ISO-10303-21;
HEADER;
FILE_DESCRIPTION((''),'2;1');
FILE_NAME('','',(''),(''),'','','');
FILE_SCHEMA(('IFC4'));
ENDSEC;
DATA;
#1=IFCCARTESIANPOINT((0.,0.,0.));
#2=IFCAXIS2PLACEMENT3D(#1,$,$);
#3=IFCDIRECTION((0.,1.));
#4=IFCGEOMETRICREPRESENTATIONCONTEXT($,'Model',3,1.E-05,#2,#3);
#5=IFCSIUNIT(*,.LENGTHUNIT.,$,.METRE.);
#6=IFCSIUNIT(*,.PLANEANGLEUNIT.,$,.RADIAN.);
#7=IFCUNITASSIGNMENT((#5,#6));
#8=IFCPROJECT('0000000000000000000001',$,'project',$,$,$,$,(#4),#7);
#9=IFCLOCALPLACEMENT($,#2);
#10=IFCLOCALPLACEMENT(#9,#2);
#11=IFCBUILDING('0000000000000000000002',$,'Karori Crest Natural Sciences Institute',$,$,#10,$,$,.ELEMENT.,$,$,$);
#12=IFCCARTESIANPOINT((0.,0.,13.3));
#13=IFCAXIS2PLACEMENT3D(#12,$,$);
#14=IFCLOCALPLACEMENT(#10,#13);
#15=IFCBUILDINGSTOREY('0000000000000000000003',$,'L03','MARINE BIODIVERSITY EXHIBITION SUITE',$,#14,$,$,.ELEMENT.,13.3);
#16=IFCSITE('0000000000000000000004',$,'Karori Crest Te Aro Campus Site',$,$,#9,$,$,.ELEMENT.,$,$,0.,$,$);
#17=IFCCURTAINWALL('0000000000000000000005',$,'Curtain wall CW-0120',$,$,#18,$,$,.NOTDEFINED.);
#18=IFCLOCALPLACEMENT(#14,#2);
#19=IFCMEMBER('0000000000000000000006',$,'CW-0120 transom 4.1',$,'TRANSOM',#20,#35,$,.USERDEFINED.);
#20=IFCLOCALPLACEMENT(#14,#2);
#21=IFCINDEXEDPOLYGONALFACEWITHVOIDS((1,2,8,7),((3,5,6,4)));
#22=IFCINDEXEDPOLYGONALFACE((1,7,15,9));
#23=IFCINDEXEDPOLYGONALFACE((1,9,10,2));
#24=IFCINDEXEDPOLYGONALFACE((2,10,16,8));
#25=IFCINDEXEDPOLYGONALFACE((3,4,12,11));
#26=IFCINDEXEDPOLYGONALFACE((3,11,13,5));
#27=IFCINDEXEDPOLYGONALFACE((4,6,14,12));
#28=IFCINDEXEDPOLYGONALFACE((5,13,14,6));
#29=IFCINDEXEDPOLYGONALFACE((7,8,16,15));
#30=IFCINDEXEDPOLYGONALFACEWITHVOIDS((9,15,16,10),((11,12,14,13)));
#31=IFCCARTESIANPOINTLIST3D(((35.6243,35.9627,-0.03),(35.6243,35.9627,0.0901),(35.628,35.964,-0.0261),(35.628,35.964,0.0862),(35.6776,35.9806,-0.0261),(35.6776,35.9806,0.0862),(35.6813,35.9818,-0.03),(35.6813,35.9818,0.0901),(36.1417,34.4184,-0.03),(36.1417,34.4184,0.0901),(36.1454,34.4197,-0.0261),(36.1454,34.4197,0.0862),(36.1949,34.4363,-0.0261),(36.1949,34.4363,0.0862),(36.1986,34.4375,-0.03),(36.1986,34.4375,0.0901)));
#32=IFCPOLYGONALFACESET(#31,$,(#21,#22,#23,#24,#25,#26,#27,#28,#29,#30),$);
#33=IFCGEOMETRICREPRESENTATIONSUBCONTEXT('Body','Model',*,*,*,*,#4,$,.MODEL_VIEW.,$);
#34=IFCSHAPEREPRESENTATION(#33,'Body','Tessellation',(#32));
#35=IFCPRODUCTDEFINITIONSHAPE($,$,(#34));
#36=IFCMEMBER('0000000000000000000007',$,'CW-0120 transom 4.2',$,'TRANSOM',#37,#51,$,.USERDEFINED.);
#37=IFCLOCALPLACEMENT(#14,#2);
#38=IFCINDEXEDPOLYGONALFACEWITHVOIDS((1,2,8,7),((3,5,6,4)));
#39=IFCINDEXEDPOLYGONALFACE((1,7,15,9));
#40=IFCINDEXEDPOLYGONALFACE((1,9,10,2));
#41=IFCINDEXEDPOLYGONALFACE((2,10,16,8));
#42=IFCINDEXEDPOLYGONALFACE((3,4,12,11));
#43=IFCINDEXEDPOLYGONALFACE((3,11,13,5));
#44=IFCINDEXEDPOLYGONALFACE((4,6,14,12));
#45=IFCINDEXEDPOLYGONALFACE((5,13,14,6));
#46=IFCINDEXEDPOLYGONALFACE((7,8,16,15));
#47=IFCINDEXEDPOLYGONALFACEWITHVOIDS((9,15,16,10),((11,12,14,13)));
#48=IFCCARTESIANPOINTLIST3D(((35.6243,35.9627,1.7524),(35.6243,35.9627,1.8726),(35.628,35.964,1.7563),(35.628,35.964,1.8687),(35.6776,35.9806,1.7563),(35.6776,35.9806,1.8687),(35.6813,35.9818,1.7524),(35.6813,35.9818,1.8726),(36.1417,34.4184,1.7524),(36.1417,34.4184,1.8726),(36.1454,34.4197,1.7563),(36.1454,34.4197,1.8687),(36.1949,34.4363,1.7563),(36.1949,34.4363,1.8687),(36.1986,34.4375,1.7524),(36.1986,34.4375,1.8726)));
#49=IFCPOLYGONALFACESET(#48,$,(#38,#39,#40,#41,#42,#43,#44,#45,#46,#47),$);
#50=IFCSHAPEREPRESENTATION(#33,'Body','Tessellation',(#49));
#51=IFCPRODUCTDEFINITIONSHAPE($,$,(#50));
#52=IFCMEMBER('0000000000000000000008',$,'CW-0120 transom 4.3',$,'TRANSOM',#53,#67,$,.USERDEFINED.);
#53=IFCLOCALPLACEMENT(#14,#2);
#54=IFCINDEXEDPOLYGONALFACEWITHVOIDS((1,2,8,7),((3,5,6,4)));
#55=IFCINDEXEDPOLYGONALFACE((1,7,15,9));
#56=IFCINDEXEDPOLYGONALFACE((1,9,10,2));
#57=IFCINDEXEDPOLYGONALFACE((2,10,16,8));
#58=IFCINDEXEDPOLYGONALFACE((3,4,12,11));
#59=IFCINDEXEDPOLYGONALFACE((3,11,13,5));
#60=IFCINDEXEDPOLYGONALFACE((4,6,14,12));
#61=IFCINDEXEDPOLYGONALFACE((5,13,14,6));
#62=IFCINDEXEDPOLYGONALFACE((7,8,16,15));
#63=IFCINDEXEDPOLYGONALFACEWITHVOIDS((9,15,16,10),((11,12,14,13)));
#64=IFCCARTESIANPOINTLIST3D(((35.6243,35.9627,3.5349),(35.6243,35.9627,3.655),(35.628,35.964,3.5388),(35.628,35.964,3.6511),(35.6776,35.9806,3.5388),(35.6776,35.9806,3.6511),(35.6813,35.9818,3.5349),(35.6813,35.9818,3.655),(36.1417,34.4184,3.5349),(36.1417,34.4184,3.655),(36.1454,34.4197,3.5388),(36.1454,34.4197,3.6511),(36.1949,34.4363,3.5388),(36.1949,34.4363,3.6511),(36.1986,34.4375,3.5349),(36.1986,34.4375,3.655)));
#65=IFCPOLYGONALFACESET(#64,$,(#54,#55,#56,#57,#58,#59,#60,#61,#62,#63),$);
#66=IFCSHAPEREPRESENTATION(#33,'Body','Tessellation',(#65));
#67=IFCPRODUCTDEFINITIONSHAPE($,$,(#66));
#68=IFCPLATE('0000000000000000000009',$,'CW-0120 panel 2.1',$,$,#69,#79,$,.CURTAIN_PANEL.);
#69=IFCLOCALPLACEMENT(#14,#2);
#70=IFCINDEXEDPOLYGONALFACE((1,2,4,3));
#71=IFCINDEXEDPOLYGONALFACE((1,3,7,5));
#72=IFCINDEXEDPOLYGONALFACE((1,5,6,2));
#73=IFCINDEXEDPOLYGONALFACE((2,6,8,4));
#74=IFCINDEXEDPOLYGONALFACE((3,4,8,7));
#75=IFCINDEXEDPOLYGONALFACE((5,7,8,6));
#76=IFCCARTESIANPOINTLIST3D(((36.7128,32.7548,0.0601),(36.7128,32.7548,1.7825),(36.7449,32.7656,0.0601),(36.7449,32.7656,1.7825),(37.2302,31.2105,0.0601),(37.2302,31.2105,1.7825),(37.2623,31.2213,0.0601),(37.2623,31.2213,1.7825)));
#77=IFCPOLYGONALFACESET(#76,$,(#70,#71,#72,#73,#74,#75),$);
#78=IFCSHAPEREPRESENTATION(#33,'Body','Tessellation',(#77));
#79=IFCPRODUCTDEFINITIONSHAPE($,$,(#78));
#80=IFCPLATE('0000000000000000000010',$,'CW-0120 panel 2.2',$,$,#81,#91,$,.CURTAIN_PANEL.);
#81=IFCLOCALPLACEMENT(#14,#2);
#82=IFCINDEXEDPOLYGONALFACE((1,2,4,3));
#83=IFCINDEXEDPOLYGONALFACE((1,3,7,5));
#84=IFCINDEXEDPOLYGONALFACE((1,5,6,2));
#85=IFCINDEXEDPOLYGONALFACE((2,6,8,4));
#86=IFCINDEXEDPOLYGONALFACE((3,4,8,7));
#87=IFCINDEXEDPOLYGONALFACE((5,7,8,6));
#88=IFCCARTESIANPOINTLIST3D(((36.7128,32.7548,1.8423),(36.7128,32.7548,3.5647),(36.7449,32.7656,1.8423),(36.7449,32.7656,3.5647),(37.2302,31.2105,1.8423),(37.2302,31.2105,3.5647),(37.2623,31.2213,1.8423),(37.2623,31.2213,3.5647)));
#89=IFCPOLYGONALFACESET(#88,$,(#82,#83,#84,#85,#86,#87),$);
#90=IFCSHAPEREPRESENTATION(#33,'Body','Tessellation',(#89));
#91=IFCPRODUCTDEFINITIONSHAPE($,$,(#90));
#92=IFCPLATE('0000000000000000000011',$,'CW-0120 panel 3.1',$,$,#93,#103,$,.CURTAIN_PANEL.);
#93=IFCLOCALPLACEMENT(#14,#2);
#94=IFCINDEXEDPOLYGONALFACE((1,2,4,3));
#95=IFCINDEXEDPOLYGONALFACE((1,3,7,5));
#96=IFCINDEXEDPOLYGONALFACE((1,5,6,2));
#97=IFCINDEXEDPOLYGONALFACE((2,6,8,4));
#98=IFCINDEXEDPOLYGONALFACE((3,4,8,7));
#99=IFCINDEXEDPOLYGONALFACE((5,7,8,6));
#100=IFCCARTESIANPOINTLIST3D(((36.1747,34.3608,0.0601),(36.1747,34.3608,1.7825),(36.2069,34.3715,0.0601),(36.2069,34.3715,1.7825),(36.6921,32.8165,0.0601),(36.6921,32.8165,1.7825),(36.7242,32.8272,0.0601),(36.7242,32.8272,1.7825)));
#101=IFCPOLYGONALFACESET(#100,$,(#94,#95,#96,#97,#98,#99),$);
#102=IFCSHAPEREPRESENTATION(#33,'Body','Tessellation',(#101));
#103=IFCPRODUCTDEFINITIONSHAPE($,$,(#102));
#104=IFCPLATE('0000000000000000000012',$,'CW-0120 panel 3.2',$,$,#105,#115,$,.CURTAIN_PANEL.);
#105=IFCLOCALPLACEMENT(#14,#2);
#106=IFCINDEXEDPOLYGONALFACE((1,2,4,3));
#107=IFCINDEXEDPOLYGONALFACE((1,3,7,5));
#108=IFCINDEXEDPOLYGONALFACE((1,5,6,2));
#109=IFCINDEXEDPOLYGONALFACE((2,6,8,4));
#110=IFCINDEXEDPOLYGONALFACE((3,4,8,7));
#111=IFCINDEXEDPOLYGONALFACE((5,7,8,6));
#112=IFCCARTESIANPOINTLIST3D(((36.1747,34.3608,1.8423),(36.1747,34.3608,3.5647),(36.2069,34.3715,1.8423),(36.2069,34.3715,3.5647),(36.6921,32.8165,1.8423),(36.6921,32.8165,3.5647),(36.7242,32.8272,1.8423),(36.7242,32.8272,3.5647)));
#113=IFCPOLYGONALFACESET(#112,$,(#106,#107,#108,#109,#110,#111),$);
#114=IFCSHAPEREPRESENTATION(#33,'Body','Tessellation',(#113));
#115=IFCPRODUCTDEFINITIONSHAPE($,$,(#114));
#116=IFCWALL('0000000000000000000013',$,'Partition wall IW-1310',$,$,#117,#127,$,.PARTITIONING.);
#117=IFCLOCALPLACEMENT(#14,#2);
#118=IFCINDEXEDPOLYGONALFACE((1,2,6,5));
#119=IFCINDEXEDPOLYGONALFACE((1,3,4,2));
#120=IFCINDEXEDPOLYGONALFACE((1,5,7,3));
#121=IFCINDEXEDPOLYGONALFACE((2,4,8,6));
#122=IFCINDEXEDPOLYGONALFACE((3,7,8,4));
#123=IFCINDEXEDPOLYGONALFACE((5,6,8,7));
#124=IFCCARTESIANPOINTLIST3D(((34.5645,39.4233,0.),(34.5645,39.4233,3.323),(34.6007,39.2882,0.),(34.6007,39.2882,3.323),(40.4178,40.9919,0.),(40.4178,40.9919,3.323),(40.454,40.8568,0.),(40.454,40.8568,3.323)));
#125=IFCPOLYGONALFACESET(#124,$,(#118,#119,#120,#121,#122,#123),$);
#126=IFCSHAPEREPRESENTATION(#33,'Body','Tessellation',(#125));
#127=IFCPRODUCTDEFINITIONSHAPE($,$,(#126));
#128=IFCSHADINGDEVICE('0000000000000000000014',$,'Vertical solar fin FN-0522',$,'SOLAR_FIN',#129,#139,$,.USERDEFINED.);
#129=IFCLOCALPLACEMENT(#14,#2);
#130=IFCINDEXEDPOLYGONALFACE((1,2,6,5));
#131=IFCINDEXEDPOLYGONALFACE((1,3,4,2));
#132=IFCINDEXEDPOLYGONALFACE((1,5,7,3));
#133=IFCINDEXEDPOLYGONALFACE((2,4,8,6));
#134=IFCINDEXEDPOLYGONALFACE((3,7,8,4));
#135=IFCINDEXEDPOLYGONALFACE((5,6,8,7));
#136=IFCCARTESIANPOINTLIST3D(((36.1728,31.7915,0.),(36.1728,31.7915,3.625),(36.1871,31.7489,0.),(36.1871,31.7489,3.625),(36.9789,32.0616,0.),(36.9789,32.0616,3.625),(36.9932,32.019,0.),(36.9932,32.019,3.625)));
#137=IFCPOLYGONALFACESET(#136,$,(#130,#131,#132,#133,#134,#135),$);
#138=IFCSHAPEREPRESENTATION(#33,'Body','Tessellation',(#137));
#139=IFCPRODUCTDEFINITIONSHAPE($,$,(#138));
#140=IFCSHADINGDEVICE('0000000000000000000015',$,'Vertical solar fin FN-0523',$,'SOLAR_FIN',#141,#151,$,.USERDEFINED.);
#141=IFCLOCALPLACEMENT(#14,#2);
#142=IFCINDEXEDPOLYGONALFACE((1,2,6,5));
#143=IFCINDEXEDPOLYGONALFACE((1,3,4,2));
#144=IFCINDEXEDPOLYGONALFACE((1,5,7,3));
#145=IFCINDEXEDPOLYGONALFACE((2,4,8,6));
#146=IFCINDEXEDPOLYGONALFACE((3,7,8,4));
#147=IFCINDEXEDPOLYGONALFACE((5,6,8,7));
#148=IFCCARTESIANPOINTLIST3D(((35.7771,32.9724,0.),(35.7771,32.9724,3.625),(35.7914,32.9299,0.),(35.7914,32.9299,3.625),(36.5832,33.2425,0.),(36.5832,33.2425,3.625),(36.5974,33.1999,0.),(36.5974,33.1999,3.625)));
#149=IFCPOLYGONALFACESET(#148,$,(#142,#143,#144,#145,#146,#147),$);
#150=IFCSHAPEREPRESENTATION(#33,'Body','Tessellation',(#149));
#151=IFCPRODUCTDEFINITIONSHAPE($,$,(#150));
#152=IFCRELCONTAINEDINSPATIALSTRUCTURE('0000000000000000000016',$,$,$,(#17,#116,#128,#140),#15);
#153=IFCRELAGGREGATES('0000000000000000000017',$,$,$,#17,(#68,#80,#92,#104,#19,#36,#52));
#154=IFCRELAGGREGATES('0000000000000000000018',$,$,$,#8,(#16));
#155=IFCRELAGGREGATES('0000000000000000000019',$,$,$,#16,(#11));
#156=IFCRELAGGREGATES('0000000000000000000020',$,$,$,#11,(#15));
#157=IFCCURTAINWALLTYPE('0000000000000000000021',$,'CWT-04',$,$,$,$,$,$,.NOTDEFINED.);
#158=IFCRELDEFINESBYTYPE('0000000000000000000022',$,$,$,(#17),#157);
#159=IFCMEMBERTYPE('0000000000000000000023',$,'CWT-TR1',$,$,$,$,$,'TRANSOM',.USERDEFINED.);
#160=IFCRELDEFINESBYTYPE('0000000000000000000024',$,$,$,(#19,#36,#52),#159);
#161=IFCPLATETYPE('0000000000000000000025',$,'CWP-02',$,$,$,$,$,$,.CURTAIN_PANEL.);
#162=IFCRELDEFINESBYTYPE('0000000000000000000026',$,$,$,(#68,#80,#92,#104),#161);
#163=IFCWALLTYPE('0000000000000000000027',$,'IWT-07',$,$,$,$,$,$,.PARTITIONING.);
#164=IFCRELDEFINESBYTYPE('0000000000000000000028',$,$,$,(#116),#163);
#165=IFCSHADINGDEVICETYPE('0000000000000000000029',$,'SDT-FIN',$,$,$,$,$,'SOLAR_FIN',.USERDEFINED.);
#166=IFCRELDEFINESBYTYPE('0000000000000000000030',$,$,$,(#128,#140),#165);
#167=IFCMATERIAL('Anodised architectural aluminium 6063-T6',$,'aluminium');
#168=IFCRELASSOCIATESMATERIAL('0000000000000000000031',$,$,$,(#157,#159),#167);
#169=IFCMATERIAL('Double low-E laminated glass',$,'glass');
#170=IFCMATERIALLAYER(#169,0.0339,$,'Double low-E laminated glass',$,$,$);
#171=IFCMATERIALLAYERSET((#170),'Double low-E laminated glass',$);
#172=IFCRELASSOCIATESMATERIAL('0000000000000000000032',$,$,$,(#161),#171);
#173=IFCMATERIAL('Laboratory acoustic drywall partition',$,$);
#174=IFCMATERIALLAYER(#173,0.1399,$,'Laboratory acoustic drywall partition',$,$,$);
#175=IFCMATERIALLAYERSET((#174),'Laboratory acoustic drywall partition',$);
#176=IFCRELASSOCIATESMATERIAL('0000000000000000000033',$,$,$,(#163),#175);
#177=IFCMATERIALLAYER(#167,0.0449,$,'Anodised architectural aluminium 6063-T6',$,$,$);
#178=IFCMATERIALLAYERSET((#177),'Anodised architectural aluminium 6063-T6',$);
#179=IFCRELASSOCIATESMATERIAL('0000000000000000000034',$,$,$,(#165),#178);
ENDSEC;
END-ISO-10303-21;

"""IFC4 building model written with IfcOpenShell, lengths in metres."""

from ifc_helpers import new_model, si_unit, direction, frame, frame_2d, origin, origin_2d, place, context, subcontext, project, spatial, rectangle, hollow_rectangle, extrude, material, layer, layer_set, material_profile, profile_set, type_object, element, aggregate, save


model = new_model("IFC4")

# Units and contexts
model_context = context("Model", 3, precision=1e-05, world=origin(), true_north=direction((0.0, 1.0)))
body_context = subcontext(model_context, "Body", "Model", "MODEL_VIEW")
ifc_project = project(units=[si_unit("LENGTHUNIT", "METRE"), si_unit("PLANEANGLEUNIT", "RADIAN")], contexts=[model_context])

# Site, building, storey
site_placement = place(None, origin())
site = spatial("IfcSite", under=ifc_project, at=site_placement, Name="Karori Crest Te Aro Campus Site", CompositionType="ELEMENT", RefElevation=0.0)
building_placement = place(site_placement, origin())
building = spatial("IfcBuilding", under=site, at=building_placement, Name="Karori Crest Natural Sciences Institute", CompositionType="ELEMENT")
storey_placement = place(building_placement, frame((0.0, 0.0, 13.3)))
storey = spatial("IfcBuildingStorey", under=building, at=storey_placement, Name="L03", Description="MARINE BIODIVERSITY EXHIBITION SUITE", CompositionType="ELEMENT", Elevation=13.3)

# Curtain wall, members, plates
ifc_material_1 = material(Name="Anodised architectural aluminium 6063-T6", Category="aluminium")
curtain_wall_type = type_object("IfcCurtainWallType", Name="CWT-04", PredefinedType="NOTDEFINED", material=ifc_material_1)
curtain_wall_placement = place(storey_placement, origin())
curtain_wall = element("IfcCurtainWall", 1, at=curtain_wall_placement, inside=storey, type_object=curtain_wall_type, Name="Curtain wall CW-0120", PredefinedType="NOTDEFINED")
ifc_material_profile_1 = material_profile(ifc_material_1, hollow_rectangle(XDim=0.0601, YDim=0.1201, WallThickness=0.0039, at=origin_2d()), Name="CWT120x60x4")
ifc_profile_set_1 = profile_set([ifc_material_profile_1], Name="Anodised architectural aluminium 6063-T6")
member_type_1 = type_object("IfcMemberType", Name="CWT-TR1", ElementType="TRANSOM", PredefinedType="USERDEFINED", material=ifc_profile_set_1)
member_1_placement = place(storey_placement, frame((36.1702, 34.428, 0.03), z_axis=(-0.317667, 0.948202, 0.0), x_axis=(-0.948202, -0.317667, 0.0)))
member_1 = element("IfcMember", 2, at=member_1_placement, type_object=member_type_1, Name="CW-0120 transom 4.1", ObjectType="TRANSOM", PredefinedType="USERDEFINED", context=body_context, shape_type="SweptSolid", body=[
    extrude(hollow_rectangle(XDim=0.0601, YDim=0.1201, WallThickness=0.0039, at=origin_2d()), origin(), (0.0, 0.0, 1.0), 1.6287),
])
member_2_placement = place(storey_placement, frame((36.1702, 34.428, 1.8125), z_axis=(-0.317667, 0.948202, 0.0), x_axis=(-0.948202, -0.317667, 0.0)))
member_2 = element("IfcMember", 3, at=member_2_placement, type_object=member_type_1, Name="CW-0120 transom 4.2", ObjectType="TRANSOM", PredefinedType="USERDEFINED", context=body_context, shape_type="SweptSolid", body=[
    extrude(hollow_rectangle(XDim=0.0601, YDim=0.1201, WallThickness=0.0039, at=origin_2d()), origin(), (0.0, 0.0, 1.0), 1.6287),
])
member_3_placement = place(storey_placement, frame((36.1702, 34.428, 3.595), z_axis=(-0.317667, 0.948202, 0.0), x_axis=(-0.948202, -0.317667, 0.0)))
member_3 = element("IfcMember", 4, at=member_3_placement, type_object=member_type_1, Name="CW-0120 transom 4.3", ObjectType="TRANSOM", PredefinedType="USERDEFINED", context=body_context, shape_type="SweptSolid", body=[
    extrude(hollow_rectangle(XDim=0.0601, YDim=0.1201, WallThickness=0.0039, at=origin_2d()), origin(), (0.0, 0.0, 1.0), 1.6287),
])
ifc_material_2 = material(Name="Double low-E laminated glass", Category="glass")
ifc_layer_1 = layer(ifc_material_2, 0.0339, Name="Double low-E laminated glass")
ifc_layer_set_1 = layer_set([ifc_layer_1], Name="Double low-E laminated glass")
plate_type = type_object("IfcPlateType", Name="CWP-02", PredefinedType="CURTAIN_PANEL", material=ifc_layer_set_1)
plate_1_placement = place(storey_placement, frame((36.9875, 31.988, 0.0601), z_axis=(0.0, 0.0, 1.0), x_axis=(-0.31768, 0.948198, 0.0)))
plate_1 = element("IfcPlate", 5, at=plate_1_placement, type_object=plate_type, Name="CW-0120 panel 2.1", PredefinedType="CURTAIN_PANEL", context=body_context, shape_type="SweptSolid", body=[
    extrude(rectangle(XDim=1.6287, YDim=0.0339, at=origin_2d()), origin(), (0.0, 0.0, 1.0), 1.7224),
])
plate_2_placement = place(storey_placement, frame((36.9875, 31.988, 1.8423), z_axis=(0.0, 0.0, 1.0), x_axis=(-0.31768, 0.948198, 0.0)))
plate_2 = element("IfcPlate", 6, at=plate_2_placement, type_object=plate_type, Name="CW-0120 panel 2.2", PredefinedType="CURTAIN_PANEL", context=body_context, shape_type="SweptSolid", body=[
    extrude(rectangle(XDim=1.6287, YDim=0.0339, at=origin_2d()), origin(), (0.0, 0.0, 1.0), 1.7224),
])
plate_3_placement = place(storey_placement, frame((36.4495, 33.594, 0.0601), z_axis=(0.0, 0.0, 1.0), x_axis=(-0.31768, 0.948198, 0.0)))
plate_3 = element("IfcPlate", 7, at=plate_3_placement, type_object=plate_type, Name="CW-0120 panel 3.1", PredefinedType="CURTAIN_PANEL", context=body_context, shape_type="SweptSolid", body=[
    extrude(rectangle(XDim=1.6287, YDim=0.0339, at=origin_2d()), origin(), (0.0, 0.0, 1.0), 1.7224),
])
plate_4_placement = place(storey_placement, frame((36.4495, 33.594, 1.8423), z_axis=(0.0, 0.0, 1.0), x_axis=(-0.31768, 0.948198, 0.0)))
plate_4 = element("IfcPlate", 8, at=plate_4_placement, type_object=plate_type, Name="CW-0120 panel 3.2", PredefinedType="CURTAIN_PANEL", context=body_context, shape_type="SweptSolid", body=[
    extrude(rectangle(XDim=1.6287, YDim=0.0339, at=origin_2d()), origin(), (0.0, 0.0, 1.0), 1.7224),
])
aggregate(curtain_wall, [plate_1, plate_2, plate_3, plate_4, member_1, member_2, member_3])

# Wall
ifc_material_3 = material(Name="Laboratory acoustic drywall partition")
ifc_layer_2 = layer(ifc_material_3, 0.1399, Name="Laboratory acoustic drywall partition")
ifc_layer_set_2 = layer_set([ifc_layer_2], Name="Laboratory acoustic drywall partition")
wall_type = type_object("IfcWallType", Name="IWT-07", PredefinedType="PARTITIONING", material=ifc_layer_set_2)
wall_placement = place(storey_placement, frame((40.4358, 40.9243, 0.0), z_axis=(0.0, 0.0, 1.0), x_axis=(-0.965917, -0.258854, 0.0)))
element("IfcWall", 9, at=wall_placement, inside=storey, type_object=wall_type, Name="Partition wall IW-1310", PredefinedType="PARTITIONING", context=body_context, shape_type="SweptSolid", body=[
    extrude(rectangle(XDim=6.0598, YDim=0.1399, at=frame_2d((3.0298, 0.0))), origin(), (0.0, 0.0, 1.0), 3.323),
])

# Shading devices
ifc_layer_3 = layer(ifc_material_1, 0.0449, Name="Anodised architectural aluminium 6063-T6")
ifc_layer_set_3 = layer_set([ifc_layer_3], Name="Anodised architectural aluminium 6063-T6")
shading_device_type = type_object("IfcShadingDeviceType", Name="SDT-FIN", ElementType="SOLAR_FIN", PredefinedType="USERDEFINED", material=ifc_layer_set_3)
for number, where, z_axis, x_axis, name in (
    (10, (36.583, 31.9053, 0.0), (0.0, 0.0, 1.0), (-0.948198, -0.31768, 0.0), "Vertical solar fin FN-0522"),
    (11, (36.1873, 33.0862, 0.0), (0.0, 0.0, 1.0), (-0.948198, -0.31768, 0.0), "Vertical solar fin FN-0523"),
):
    element("IfcShadingDevice", number, at=place(storey_placement, frame(where, z_axis=z_axis, x_axis=x_axis)), inside=storey, type_object=shading_device_type, Name=name, ObjectType="SOLAR_FIN", PredefinedType="USERDEFINED", context=body_context, shape_type="SweptSolid", body=[
        extrude(rectangle(XDim=0.8501, YDim=0.0449, at=origin_2d()), origin(), (0.0, 0.0, 1.0), 3.625),
    ])

save(model, "model.ifc")
